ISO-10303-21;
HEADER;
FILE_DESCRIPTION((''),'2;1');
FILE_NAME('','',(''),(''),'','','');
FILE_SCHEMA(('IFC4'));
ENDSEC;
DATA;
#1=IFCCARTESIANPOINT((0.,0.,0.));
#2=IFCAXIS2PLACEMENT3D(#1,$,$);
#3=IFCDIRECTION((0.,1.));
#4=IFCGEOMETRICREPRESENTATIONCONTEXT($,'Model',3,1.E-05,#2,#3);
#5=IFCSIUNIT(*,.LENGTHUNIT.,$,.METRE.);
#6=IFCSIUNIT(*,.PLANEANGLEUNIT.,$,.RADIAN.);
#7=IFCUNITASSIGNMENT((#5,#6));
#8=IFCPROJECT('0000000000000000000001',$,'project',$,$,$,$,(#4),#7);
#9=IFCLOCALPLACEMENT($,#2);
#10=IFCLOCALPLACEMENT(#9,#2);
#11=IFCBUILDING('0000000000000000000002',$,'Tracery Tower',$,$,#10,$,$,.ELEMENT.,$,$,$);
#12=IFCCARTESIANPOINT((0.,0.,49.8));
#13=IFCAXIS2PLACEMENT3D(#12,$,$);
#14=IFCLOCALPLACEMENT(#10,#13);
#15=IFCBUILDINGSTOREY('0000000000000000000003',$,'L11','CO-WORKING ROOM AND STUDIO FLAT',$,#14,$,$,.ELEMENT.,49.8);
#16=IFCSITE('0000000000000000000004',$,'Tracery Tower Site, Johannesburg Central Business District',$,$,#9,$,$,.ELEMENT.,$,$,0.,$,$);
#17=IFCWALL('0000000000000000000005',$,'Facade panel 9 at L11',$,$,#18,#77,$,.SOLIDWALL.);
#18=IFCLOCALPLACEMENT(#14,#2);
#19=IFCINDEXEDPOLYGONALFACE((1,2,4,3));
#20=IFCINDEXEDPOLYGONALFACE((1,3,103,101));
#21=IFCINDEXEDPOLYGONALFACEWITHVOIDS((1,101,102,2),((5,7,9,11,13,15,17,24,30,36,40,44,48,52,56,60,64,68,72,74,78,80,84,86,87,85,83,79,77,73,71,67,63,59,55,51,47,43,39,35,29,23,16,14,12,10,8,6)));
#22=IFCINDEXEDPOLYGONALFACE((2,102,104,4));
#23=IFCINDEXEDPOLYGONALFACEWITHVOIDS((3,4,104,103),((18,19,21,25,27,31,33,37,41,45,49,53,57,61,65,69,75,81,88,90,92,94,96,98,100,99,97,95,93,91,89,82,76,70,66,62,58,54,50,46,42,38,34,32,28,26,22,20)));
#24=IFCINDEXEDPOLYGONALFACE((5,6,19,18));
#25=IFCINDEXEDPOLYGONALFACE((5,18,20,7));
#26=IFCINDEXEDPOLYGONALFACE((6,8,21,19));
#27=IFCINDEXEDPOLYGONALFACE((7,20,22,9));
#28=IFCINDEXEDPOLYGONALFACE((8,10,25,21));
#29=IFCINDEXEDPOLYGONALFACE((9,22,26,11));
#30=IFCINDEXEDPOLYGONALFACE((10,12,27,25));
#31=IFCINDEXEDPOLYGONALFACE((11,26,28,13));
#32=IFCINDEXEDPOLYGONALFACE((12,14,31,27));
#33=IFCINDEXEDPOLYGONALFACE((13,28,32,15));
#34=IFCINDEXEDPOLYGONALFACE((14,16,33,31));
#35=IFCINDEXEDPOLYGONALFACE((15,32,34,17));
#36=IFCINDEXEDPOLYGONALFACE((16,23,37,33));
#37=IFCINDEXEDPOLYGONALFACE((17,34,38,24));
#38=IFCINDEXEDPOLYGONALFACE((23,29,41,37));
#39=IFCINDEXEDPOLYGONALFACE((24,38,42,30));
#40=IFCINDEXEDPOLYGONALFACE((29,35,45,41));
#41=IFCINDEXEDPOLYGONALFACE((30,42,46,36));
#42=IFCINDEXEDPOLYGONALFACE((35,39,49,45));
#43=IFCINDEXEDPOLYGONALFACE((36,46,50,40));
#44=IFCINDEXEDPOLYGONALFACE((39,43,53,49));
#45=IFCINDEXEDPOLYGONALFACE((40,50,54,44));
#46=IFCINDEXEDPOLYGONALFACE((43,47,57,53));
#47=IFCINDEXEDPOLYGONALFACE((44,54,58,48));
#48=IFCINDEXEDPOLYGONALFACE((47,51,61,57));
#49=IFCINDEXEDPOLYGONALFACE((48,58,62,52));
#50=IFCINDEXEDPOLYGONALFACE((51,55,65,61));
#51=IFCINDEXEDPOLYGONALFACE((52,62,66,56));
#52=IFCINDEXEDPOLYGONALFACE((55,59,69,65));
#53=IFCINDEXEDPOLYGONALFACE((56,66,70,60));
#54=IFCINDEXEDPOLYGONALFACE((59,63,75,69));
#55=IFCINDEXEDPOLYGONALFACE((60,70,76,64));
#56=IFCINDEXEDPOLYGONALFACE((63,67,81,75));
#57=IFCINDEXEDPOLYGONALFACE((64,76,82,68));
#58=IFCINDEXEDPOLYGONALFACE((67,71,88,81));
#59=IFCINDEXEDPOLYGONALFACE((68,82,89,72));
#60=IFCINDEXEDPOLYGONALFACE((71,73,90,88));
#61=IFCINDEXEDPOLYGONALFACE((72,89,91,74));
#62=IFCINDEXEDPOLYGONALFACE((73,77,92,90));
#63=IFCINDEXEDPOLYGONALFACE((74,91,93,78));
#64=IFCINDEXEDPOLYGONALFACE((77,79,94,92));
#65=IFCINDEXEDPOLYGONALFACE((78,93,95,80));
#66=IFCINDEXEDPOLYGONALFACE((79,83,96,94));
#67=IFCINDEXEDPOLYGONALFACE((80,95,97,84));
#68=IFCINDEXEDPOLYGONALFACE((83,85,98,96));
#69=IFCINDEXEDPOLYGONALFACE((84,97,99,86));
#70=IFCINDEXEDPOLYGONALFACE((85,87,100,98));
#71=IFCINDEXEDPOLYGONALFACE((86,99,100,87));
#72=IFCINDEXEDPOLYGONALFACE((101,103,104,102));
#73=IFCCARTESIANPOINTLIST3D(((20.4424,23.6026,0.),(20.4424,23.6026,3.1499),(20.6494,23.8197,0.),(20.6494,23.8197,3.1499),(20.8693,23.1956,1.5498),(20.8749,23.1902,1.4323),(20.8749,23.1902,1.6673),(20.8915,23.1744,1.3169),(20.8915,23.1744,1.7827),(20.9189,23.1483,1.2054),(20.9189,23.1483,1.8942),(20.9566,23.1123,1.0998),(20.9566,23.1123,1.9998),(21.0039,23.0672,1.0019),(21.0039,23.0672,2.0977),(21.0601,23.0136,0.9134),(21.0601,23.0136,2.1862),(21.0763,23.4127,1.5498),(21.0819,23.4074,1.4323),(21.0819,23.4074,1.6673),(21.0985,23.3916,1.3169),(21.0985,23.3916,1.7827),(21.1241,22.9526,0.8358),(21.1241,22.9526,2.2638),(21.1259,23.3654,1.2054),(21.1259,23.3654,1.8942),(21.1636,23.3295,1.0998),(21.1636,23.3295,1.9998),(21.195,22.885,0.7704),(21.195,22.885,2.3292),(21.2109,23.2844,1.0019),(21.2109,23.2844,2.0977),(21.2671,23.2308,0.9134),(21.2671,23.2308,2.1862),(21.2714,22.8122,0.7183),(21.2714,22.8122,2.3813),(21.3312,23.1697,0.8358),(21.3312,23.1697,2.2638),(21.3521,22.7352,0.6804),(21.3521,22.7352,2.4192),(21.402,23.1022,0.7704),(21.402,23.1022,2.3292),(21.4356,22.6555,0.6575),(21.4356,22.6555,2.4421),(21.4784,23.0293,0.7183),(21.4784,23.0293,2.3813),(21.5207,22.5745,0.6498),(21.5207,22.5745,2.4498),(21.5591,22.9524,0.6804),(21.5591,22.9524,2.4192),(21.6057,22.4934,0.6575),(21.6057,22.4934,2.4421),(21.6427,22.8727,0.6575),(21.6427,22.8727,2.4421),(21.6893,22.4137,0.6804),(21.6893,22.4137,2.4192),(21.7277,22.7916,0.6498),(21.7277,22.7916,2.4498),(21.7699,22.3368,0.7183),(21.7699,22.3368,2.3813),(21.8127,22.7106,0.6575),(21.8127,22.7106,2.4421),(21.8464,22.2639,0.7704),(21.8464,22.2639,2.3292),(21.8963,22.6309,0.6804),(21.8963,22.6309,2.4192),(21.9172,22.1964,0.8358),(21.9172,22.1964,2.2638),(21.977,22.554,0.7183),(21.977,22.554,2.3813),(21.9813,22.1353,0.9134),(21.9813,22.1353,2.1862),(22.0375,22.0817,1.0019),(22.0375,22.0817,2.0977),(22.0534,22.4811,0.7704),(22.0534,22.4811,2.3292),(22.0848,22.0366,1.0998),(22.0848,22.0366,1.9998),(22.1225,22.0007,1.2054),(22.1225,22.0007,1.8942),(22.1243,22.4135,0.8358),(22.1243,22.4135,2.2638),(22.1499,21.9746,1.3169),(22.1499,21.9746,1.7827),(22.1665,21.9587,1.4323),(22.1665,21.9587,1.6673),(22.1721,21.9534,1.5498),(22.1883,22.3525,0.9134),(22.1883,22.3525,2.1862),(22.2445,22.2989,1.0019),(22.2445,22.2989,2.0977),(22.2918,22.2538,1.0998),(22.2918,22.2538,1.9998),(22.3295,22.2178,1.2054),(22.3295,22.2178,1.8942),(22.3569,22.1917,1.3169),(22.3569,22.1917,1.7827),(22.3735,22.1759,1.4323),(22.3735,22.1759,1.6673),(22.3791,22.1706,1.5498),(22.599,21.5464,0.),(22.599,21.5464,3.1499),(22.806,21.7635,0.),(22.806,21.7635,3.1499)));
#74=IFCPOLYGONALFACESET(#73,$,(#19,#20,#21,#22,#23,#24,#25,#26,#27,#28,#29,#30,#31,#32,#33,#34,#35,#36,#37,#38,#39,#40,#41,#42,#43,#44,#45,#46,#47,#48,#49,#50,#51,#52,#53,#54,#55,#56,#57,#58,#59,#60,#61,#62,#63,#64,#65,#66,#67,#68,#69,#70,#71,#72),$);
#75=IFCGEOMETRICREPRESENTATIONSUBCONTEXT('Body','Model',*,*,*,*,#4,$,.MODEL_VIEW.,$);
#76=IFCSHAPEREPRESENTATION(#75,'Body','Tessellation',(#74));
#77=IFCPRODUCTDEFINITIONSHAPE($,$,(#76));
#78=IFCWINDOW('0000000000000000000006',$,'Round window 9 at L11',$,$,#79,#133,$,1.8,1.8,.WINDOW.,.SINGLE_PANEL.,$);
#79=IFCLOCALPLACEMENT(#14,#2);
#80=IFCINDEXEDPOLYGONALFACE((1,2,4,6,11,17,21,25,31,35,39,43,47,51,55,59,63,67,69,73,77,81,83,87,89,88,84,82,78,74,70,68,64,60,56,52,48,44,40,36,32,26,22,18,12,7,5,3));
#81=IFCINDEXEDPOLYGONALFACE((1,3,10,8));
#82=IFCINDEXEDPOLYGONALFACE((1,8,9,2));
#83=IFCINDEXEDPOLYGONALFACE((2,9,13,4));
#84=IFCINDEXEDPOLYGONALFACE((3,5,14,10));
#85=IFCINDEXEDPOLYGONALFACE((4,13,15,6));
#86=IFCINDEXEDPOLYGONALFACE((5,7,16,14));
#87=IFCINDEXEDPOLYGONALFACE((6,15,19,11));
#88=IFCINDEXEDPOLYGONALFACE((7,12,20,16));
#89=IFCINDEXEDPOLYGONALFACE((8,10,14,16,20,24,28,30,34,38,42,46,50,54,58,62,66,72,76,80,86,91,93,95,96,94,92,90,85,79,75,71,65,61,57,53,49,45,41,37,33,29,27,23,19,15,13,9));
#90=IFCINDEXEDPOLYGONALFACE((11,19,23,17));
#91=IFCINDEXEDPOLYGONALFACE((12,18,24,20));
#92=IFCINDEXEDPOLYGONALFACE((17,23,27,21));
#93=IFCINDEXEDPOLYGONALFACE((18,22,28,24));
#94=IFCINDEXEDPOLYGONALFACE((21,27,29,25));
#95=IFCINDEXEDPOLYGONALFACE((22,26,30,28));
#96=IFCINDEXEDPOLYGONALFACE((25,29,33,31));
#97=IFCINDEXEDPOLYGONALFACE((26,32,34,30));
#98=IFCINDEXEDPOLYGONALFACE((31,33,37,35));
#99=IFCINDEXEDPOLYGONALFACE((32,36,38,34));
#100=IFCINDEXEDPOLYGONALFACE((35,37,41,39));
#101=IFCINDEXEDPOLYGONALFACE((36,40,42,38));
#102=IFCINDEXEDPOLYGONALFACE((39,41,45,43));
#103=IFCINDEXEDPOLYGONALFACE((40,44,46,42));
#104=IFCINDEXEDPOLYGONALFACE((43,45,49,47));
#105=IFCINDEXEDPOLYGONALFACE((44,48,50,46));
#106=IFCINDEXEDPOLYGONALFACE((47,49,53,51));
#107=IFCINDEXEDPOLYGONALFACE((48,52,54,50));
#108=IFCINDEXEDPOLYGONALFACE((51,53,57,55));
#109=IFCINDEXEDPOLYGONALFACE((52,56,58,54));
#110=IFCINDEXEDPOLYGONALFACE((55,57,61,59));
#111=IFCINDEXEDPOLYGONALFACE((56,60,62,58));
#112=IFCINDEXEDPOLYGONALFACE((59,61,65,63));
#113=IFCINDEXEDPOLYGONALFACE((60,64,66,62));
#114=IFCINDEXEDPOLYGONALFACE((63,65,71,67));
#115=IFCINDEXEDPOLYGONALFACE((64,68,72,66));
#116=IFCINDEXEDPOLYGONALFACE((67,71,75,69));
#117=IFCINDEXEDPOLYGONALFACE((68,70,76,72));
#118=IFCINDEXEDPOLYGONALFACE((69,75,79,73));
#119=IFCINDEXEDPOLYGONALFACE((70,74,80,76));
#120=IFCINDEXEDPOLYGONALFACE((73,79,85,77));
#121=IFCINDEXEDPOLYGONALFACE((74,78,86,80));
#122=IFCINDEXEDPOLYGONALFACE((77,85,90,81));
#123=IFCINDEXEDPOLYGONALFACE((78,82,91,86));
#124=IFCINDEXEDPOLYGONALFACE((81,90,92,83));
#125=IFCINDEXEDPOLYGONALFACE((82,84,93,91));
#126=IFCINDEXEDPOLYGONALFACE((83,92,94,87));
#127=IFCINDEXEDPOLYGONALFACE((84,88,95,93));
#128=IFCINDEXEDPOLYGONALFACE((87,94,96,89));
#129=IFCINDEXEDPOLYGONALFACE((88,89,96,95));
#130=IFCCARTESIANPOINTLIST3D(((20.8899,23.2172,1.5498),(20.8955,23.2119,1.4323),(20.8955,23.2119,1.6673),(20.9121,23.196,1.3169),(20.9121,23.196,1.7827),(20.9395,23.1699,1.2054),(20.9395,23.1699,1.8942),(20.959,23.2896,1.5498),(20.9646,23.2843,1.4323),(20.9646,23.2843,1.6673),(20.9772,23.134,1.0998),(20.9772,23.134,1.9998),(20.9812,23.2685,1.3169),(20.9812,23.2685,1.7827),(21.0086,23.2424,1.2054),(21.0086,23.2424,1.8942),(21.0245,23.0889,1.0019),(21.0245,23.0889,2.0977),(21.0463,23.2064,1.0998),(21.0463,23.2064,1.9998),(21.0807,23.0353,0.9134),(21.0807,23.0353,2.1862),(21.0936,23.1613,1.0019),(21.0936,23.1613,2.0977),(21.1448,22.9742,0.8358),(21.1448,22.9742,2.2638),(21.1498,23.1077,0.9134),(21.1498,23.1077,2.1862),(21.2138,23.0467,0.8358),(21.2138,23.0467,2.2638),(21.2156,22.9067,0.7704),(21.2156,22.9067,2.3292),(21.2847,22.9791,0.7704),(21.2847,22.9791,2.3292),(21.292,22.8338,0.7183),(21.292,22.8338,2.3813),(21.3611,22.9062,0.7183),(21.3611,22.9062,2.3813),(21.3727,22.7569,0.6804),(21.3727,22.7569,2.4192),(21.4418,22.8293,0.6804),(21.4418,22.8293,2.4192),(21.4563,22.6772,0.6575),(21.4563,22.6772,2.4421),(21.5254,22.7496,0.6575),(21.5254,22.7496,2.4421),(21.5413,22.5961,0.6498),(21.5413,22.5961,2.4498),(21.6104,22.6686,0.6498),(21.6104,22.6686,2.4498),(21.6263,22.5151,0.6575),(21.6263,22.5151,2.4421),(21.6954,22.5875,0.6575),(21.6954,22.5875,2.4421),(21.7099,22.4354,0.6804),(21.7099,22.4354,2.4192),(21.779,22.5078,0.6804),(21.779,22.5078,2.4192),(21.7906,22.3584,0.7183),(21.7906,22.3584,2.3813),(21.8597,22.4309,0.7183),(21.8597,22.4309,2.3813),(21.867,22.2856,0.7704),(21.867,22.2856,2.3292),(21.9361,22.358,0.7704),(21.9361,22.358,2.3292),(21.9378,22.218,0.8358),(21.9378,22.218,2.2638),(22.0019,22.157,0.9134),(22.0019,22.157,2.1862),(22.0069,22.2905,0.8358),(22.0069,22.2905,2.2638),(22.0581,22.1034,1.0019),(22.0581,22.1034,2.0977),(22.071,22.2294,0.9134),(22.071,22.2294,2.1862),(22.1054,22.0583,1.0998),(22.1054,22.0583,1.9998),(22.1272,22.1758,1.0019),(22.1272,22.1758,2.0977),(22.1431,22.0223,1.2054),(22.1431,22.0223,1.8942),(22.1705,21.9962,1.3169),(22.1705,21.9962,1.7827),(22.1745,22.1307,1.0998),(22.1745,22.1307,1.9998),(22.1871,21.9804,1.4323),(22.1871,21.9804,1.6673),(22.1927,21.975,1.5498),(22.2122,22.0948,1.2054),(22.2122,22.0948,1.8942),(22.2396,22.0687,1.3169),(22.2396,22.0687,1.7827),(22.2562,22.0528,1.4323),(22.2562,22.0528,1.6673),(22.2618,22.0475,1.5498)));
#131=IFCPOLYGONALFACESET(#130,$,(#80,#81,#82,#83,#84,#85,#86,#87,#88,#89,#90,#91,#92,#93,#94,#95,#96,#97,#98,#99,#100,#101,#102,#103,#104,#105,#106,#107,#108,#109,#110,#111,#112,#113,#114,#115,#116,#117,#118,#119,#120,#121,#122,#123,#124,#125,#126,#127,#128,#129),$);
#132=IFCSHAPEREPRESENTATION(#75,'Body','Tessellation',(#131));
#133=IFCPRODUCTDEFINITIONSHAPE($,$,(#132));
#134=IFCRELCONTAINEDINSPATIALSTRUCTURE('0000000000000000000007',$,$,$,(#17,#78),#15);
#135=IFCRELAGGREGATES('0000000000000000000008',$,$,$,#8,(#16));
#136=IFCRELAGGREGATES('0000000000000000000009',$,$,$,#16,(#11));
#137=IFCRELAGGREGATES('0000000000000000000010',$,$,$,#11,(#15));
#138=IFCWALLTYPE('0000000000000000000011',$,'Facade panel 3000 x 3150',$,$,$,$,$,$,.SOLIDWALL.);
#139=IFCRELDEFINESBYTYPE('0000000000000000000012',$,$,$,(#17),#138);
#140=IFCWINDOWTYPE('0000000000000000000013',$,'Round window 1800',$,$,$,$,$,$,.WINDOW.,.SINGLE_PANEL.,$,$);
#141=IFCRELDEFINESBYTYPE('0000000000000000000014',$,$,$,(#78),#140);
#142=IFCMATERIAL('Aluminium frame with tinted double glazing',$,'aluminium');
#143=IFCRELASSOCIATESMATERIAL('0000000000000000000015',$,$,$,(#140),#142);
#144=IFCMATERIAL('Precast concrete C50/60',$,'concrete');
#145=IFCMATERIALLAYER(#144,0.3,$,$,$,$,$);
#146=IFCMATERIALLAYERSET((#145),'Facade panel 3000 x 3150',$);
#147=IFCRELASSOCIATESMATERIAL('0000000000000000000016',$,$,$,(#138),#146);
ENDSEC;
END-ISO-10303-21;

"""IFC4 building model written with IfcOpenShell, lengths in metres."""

from ifc_helpers import new_model, si_unit, direction, frame, frame_2d, origin, origin_2d, place, context, subcontext, project, spatial, rectangle, circle, extrude, material, layer, layer_set, type_object, element, fill, save


model = new_model("IFC4")

# Units and contexts
model_context = context("Model", 3, precision=1e-05, world=origin(), true_north=direction((0.0, 1.0)))
body_context = subcontext(model_context, "Body", "Model", "MODEL_VIEW")
ifc_project = project(units=[si_unit("LENGTHUNIT", "METRE"), si_unit("PLANEANGLEUNIT", "RADIAN")], contexts=[model_context])

# Site, building, storey
site_placement = place(None, origin())
site = spatial("IfcSite", under=ifc_project, at=site_placement, Name="Tracery Tower Site, Johannesburg Central Business District", CompositionType="ELEMENT", RefElevation=0.0)
building_placement = place(site_placement, origin())
building = spatial("IfcBuilding", under=site, at=building_placement, Name="Tracery Tower", CompositionType="ELEMENT")
storey_placement = place(building_placement, frame((0.0, 0.0, 49.8)))
storey = spatial("IfcBuildingStorey", under=building, at=storey_placement, Name="L11", Description="CO-WORKING ROOM AND STUDIO FLAT", CompositionType="ELEMENT", Elevation=49.8)

# Wall, opening, window
ifc_material_1 = material(Name="Aluminium frame with tinted double glazing", Category="aluminium")
window_type = type_object("IfcWindowType", Name="Round window 1800", PartitioningType="SINGLE_PANEL", PredefinedType="WINDOW", material=ifc_material_1)
ifc_material_2 = material(Name="Precast concrete C50/60", Category="concrete")
ifc_layer_1 = layer(ifc_material_2, 0.3)
ifc_layer_set_1 = layer_set([ifc_layer_1], Name="Facade panel 3000 x 3150")
wall_type_1 = type_object("IfcWallType", Name="Facade panel 3000 x 3150", PredefinedType="SOLIDWALL", material=ifc_layer_set_1)
wall_1_placement = place(storey_placement, frame((22.7024, 21.655, 0.0), z_axis=(0.0, 0.0, 1.0), x_axis=(-0.723744, 0.690068, 0.0)))
wall_1 = element("IfcWall", 1, at=wall_1_placement, inside=storey, type_object=wall_type_1, Name="Facade panel 9 at L11", PredefinedType="SOLIDWALL", context=body_context, shape_type="SweptSolid", body=[
    extrude(rectangle(XDim=2.9797, YDim=0.3, at=frame_2d((1.4897, 0.0))), origin(), (0.0, 0.0, 1.0), 3.1499),
])
opening_1_placement = place(wall_1_placement, frame((1.4897, 0.0, 1.5498)))
opening_1 = element("IfcOpeningElement", 2, at=opening_1_placement, cuts=wall_1, PredefinedType="OPENING", context=body_context, shape_type="SweptSolid", body=[
    extrude(circle(Radius=0.9, at=origin_2d()), frame((0.0, 0.1599, 0.0), z_axis=(0.0, -1.0, 0.0), x_axis=(1.0, 0.0, 0.0)), (0.0, 0.0, 1.0), 0.3201),
])
window_1_placement = place(opening_1_placement, origin())
window_1 = element("IfcWindow", 3, at=window_1_placement, inside=storey, type_object=window_type, Name="Round window 9 at L11", OverallHeight=1.8, OverallWidth=1.8, PartitioningType="SINGLE_PANEL", PredefinedType="WINDOW", context=body_context, shape_type="SweptSolid", body=[
    extrude(circle(Radius=0.9, at=origin_2d()), frame((0.0, 0.1201, 0.0), z_axis=(0.0, -1.0, 0.0), x_axis=(1.0, 0.0, 0.0)), (0.0, 0.0, 1.0), 0.1001),
])
fill(opening_1, window_1)

save(model, "model.ifc")
